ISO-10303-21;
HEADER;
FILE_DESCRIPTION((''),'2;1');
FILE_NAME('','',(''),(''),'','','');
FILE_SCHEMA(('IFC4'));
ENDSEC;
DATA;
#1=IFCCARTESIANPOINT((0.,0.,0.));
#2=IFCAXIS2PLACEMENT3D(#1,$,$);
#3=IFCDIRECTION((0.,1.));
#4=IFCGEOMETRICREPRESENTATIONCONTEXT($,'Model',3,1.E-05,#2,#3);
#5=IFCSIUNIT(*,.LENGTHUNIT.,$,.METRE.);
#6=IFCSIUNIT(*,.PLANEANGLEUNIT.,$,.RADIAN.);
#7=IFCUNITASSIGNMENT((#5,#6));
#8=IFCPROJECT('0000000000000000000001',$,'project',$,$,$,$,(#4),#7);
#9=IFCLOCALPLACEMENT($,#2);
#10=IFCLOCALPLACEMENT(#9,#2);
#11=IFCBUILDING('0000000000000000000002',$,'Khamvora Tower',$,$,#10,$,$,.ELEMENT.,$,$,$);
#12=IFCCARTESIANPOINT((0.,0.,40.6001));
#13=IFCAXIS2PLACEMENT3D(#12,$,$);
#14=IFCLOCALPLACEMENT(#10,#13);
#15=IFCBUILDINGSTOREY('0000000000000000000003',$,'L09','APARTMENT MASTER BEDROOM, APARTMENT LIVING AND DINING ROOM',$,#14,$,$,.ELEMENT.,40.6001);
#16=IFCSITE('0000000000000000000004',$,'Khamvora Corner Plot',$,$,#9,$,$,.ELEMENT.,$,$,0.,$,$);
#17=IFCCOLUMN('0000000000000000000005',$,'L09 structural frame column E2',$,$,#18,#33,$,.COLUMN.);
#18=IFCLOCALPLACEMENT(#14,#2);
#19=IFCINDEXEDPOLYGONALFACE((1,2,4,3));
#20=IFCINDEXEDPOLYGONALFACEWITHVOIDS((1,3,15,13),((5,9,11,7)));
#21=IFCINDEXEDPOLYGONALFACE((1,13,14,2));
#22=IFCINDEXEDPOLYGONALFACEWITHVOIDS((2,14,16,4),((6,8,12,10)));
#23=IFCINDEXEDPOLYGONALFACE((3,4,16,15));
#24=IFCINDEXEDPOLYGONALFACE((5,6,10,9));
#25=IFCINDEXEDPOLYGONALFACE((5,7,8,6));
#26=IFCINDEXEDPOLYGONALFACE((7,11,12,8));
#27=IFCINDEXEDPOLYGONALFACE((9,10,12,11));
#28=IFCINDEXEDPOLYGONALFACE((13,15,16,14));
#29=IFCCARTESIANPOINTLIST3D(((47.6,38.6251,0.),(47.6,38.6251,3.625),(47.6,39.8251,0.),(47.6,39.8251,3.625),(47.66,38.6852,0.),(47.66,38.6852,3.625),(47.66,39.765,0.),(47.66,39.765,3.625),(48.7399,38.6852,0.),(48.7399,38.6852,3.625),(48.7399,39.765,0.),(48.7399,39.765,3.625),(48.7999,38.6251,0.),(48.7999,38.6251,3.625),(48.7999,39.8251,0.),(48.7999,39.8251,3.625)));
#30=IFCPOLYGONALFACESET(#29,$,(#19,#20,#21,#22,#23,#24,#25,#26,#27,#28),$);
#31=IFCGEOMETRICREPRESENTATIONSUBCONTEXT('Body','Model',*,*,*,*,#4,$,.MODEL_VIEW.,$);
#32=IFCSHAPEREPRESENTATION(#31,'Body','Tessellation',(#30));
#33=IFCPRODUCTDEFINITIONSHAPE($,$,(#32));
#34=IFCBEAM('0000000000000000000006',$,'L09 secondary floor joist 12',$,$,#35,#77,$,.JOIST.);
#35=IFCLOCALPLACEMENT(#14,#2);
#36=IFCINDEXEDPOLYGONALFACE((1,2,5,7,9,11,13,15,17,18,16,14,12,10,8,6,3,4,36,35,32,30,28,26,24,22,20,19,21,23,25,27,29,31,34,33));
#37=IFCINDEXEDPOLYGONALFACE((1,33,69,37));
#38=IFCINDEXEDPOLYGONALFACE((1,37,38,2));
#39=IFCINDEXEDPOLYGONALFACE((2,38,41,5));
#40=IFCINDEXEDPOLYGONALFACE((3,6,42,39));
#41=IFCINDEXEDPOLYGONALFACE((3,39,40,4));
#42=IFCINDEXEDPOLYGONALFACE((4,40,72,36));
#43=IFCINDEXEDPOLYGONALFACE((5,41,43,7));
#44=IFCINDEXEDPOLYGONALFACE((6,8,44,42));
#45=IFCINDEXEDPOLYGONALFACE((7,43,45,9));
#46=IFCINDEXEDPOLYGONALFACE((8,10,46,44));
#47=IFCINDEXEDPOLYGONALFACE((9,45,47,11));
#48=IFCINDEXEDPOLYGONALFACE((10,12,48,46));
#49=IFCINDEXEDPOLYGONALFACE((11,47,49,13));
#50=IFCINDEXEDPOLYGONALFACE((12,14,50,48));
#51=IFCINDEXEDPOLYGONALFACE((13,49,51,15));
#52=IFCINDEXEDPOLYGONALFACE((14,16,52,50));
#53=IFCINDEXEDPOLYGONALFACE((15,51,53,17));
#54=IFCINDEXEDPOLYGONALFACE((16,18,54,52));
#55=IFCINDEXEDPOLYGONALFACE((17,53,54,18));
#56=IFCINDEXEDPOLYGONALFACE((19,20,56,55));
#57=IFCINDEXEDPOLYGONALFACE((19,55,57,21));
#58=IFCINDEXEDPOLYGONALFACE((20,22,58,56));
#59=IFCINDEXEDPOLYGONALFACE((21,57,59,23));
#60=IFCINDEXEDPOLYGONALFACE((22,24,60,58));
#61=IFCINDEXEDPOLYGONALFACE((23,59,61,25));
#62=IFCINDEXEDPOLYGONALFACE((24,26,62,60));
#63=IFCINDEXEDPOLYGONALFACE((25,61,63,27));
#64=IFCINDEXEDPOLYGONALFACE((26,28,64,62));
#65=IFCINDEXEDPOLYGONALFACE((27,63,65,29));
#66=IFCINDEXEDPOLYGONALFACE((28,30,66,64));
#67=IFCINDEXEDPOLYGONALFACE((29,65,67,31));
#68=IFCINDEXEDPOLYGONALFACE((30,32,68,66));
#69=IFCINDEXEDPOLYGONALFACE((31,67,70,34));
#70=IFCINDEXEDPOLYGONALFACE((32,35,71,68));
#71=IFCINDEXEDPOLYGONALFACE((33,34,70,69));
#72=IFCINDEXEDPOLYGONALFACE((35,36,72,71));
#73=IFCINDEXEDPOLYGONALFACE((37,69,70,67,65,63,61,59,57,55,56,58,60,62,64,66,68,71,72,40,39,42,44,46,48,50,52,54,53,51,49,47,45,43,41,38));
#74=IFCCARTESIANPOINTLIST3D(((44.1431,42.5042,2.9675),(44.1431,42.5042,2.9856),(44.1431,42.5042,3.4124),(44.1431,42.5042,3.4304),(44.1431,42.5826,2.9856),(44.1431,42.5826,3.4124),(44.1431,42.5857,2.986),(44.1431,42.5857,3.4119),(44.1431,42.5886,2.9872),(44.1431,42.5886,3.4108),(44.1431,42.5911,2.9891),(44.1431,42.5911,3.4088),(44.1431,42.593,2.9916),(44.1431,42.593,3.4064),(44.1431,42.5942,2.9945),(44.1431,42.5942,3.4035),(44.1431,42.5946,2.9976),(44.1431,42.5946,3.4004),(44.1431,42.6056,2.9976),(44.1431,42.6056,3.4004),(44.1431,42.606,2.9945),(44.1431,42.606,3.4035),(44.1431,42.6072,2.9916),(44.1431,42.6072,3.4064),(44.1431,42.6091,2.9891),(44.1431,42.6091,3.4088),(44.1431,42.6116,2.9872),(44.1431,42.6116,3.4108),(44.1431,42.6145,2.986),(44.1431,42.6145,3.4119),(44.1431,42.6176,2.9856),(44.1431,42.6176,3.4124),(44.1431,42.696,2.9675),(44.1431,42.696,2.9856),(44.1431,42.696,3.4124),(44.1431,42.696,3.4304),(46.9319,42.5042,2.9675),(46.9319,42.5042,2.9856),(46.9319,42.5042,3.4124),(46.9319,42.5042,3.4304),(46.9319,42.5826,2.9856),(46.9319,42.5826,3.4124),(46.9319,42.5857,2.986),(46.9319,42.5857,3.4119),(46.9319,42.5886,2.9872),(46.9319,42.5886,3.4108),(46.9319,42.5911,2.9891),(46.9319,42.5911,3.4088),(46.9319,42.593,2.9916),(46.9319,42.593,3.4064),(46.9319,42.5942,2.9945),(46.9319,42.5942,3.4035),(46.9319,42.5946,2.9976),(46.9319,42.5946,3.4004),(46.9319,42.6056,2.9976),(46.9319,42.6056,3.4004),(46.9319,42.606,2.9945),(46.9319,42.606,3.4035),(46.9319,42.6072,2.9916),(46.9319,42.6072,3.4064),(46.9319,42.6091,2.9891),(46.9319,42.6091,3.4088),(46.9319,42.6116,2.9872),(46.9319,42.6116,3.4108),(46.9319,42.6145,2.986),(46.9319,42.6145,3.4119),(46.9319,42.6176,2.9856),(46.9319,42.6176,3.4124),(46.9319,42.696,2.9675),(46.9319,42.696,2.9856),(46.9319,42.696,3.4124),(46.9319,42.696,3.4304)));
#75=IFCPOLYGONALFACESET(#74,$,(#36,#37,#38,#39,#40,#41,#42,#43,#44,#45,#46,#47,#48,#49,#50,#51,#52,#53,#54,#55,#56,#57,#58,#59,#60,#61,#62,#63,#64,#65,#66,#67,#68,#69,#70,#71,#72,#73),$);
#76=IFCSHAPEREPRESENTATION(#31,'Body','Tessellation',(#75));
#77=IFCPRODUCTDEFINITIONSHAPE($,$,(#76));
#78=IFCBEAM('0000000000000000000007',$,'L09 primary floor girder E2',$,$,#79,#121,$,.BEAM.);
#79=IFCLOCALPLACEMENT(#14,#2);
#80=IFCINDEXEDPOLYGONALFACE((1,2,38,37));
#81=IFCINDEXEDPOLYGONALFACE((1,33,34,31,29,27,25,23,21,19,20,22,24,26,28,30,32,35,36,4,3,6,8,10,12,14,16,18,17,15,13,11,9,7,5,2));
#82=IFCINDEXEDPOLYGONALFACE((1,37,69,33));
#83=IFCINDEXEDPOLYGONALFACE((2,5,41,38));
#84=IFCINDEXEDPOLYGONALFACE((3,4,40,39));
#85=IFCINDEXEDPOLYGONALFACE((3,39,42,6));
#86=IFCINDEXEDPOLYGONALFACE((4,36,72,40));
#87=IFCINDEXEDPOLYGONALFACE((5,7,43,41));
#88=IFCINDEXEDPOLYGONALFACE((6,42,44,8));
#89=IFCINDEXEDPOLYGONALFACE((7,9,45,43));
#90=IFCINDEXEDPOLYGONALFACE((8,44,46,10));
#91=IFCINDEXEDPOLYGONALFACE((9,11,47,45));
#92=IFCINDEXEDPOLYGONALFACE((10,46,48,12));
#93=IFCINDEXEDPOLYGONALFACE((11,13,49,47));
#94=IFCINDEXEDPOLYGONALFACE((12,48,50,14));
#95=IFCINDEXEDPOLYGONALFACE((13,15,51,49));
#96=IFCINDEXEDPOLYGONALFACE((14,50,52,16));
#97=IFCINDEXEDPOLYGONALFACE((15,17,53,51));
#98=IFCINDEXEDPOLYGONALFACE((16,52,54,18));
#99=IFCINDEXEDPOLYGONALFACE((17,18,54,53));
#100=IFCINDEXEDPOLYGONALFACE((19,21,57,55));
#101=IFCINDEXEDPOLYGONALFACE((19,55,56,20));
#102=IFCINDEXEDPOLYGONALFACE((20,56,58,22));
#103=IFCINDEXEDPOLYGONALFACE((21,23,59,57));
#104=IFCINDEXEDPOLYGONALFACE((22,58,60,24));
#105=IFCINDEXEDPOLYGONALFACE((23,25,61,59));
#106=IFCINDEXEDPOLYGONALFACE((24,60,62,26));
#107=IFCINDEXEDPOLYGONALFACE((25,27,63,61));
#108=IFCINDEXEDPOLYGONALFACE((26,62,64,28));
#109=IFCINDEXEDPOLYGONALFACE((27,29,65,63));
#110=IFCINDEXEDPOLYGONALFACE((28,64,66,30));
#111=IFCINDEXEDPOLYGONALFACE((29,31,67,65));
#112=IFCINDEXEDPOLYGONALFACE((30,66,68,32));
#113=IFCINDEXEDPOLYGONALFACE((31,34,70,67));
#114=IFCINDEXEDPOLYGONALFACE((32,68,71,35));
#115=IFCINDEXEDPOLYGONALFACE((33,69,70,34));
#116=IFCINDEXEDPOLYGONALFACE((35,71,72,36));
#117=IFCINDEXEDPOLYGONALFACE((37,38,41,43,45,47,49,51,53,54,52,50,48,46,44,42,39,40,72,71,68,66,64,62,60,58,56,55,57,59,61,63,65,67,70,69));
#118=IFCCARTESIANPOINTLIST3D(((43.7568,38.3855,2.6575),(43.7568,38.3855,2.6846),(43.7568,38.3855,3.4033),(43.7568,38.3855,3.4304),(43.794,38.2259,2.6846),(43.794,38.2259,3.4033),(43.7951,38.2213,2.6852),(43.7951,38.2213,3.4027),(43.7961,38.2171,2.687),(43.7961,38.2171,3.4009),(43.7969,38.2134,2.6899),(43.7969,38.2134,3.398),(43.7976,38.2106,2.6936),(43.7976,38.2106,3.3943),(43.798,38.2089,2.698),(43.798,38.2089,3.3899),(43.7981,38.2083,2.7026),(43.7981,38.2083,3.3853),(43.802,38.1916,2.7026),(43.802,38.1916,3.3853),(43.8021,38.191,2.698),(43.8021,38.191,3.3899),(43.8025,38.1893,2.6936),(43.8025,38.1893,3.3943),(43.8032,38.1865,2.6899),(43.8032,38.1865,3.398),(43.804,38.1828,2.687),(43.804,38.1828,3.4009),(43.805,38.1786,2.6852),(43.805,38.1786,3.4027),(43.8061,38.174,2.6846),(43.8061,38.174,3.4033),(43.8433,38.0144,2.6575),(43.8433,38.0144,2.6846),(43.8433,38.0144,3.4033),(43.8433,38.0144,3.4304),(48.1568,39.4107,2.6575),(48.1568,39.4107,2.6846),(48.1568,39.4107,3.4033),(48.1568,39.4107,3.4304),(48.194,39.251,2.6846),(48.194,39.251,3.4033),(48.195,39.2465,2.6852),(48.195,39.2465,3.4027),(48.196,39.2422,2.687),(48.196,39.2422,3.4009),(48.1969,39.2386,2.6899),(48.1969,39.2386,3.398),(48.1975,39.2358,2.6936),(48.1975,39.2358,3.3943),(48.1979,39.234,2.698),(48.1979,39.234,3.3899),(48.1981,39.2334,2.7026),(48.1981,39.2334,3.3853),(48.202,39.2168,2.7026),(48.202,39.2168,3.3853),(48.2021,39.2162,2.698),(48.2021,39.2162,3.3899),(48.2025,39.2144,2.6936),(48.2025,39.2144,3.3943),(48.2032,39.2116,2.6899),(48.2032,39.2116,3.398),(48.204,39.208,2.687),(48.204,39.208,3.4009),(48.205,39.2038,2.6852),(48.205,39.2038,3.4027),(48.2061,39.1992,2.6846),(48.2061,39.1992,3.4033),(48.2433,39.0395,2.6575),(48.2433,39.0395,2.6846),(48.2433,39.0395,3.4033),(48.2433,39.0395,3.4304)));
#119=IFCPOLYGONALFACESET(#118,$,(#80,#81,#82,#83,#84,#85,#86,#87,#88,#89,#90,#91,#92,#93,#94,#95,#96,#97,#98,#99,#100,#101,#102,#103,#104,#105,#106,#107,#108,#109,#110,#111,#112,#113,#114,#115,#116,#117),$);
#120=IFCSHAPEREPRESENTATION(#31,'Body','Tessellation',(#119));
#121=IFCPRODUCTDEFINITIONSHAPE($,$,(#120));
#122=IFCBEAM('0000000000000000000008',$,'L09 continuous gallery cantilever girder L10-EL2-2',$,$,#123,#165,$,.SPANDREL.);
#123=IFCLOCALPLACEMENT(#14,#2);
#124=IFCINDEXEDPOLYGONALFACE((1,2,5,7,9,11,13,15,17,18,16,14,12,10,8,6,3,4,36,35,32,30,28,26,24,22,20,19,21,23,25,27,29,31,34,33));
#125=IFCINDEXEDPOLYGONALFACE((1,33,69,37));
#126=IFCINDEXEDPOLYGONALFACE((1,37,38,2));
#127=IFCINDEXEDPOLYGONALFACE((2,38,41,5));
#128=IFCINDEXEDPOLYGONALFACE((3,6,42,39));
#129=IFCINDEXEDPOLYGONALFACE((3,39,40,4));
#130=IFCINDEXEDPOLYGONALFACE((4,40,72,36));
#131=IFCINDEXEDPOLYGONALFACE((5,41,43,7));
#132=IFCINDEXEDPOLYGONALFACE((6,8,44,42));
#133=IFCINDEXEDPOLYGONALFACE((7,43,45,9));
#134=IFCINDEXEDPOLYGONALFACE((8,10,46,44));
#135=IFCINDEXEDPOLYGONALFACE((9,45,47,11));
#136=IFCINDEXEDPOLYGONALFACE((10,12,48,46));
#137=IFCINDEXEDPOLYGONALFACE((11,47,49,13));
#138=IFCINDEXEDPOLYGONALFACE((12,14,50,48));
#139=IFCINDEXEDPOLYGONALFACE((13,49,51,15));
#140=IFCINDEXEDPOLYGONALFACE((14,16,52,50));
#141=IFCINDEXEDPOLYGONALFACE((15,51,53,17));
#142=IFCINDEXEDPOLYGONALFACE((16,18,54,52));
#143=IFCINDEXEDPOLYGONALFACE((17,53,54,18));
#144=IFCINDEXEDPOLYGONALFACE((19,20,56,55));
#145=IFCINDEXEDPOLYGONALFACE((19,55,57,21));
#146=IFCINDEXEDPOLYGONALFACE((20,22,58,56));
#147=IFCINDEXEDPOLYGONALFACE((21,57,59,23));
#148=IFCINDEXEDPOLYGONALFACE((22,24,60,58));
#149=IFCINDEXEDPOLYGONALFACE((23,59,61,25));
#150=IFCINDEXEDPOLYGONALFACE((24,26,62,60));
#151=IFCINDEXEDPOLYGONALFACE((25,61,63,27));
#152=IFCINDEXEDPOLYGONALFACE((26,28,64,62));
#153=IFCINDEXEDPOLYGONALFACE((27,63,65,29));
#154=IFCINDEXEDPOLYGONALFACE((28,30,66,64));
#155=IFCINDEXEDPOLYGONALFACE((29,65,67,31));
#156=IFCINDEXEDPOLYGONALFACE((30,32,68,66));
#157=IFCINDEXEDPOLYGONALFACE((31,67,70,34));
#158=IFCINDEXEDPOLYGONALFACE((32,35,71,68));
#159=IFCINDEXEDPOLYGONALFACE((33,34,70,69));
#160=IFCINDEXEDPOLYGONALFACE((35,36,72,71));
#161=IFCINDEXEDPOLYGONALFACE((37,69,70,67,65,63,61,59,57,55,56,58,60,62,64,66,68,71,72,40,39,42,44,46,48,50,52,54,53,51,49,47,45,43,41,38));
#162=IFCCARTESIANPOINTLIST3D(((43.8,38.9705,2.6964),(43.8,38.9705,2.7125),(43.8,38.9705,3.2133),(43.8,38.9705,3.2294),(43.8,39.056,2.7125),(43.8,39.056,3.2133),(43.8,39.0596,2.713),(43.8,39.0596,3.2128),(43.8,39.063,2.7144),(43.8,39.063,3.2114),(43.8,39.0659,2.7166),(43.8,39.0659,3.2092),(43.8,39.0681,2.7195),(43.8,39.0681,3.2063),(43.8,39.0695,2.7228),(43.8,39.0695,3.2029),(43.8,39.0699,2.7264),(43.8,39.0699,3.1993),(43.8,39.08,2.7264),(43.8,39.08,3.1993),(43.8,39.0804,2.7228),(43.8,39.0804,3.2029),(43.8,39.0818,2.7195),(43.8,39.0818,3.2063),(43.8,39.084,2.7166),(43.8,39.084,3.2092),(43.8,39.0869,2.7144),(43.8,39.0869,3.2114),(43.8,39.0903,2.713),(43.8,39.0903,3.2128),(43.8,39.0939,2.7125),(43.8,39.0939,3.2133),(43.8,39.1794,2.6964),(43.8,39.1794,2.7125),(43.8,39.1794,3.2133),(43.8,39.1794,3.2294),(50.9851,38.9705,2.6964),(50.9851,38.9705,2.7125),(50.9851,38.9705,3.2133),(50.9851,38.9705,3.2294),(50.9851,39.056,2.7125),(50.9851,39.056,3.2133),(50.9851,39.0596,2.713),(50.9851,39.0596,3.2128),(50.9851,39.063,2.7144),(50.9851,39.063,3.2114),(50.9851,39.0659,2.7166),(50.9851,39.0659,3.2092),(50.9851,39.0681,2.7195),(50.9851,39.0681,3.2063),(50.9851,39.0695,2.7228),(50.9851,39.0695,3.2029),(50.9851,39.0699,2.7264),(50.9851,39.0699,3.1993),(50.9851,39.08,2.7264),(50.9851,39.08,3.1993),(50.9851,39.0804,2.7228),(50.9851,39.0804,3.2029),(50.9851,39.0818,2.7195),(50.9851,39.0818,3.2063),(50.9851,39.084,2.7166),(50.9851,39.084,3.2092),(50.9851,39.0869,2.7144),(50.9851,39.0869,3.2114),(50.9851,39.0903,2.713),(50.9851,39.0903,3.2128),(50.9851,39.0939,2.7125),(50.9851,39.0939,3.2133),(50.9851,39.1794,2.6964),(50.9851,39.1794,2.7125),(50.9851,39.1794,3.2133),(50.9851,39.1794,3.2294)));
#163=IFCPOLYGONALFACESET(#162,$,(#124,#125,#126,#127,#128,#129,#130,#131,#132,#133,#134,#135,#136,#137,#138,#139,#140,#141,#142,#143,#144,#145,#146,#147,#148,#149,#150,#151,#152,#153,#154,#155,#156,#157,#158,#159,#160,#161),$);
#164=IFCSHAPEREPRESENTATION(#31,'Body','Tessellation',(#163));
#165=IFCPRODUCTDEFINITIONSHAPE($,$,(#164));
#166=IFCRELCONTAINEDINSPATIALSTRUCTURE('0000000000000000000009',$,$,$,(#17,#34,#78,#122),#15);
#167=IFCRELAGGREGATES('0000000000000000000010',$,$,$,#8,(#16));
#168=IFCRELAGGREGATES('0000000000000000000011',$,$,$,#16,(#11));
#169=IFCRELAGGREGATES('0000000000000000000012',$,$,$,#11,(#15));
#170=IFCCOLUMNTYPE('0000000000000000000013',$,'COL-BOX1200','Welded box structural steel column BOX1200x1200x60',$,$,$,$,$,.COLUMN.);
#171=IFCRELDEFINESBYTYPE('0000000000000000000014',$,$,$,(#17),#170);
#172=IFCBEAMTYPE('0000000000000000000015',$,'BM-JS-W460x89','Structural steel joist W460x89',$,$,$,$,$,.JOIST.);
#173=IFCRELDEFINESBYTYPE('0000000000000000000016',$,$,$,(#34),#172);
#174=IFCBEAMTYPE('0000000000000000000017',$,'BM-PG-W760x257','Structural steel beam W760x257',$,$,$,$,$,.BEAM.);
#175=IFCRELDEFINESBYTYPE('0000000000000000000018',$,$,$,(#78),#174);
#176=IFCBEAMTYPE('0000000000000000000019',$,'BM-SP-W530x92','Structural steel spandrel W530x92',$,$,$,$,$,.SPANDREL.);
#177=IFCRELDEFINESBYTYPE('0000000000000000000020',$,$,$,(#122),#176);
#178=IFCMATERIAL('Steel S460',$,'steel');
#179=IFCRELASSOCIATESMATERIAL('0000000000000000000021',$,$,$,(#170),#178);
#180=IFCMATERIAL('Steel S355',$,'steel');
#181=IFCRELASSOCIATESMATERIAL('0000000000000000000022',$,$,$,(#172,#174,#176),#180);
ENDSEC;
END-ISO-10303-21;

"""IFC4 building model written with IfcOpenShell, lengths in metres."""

from ifc_helpers import new_model, si_unit, direction, frame, origin, origin_2d, place, context, subcontext, project, spatial, hollow_rectangle, i_section, extrude, material, material_profile, profile_set, type_object, element, save


model = new_model("IFC4")

# Units and contexts
model_context = context("Model", 3, precision=1e-05, world=origin(), true_north=direction((0.0, 1.0)))
body_context = subcontext(model_context, "Body", "Model", "MODEL_VIEW")
ifc_project = project(units=[si_unit("LENGTHUNIT", "METRE"), si_unit("PLANEANGLEUNIT", "RADIAN")], contexts=[model_context])

# Site, building, storey
site_placement = place(None, origin())
site = spatial("IfcSite", under=ifc_project, at=site_placement, Name="Khamvora Corner Plot", CompositionType="ELEMENT", RefElevation=0.0)
building_placement = place(site_placement, origin())
building = spatial("IfcBuilding", under=site, at=building_placement, Name="Khamvora Tower", CompositionType="ELEMENT")
storey_placement = place(building_placement, frame((0.0, 0.0, 40.6001)))
storey = spatial("IfcBuildingStorey", under=building, at=storey_placement, Name="L09", Description="APARTMENT MASTER BEDROOM, APARTMENT LIVING AND DINING ROOM", CompositionType="ELEMENT", Elevation=40.6001)

# Column
ifc_material_1 = material(Name="Steel S460", Category="steel")
ifc_material_profile_1 = material_profile(ifc_material_1, hollow_rectangle(XDim=1.2, YDim=1.2, WallThickness=0.0601, at=origin_2d()), Name="BOX1200x1200x60")
ifc_profile_set_1 = profile_set([ifc_material_profile_1], Name="Steel S460")
column_type = type_object("IfcColumnType", Name="COL-BOX1200", Description="Welded box structural steel column BOX1200x1200x60", PredefinedType="COLUMN", material=ifc_profile_set_1)
column_placement = place(storey_placement, frame((48.2, 39.2251, 0.0), z_axis=(0.0, 0.0, 1.0), x_axis=(1.0, 0.0, 0.0)))
element("IfcColumn", 1, at=column_placement, inside=storey, type_object=column_type, Name="L09 structural frame column E2", PredefinedType="COLUMN", context=body_context, shape_type="SweptSolid", body=[
    extrude(hollow_rectangle(XDim=1.2, YDim=1.2, WallThickness=0.0601, at=origin_2d()), origin(), (0.0, 0.0, 1.0), 3.625),
])

# Beams
ifc_material_2 = material(Name="Steel S355", Category="steel")
ifc_material_profile_2 = material_profile(ifc_material_2, i_section(OverallWidth=0.1919, OverallDepth=0.4629, WebThickness=0.011, FlangeThickness=0.0181, FilletRadius=0.012, at=origin_2d()), Name="W460x89")
ifc_profile_set_2 = profile_set([ifc_material_profile_2], Name="Steel S355")
beam_type_1 = type_object("IfcBeamType", Name="BM-JS-W460x89", Description="Structural steel joist W460x89", PredefinedType="JOIST", material=ifc_profile_set_2)
beam_1_placement = place(storey_placement, frame((44.1431, 42.6001, 3.199), z_axis=(1.0, 0.0, 0.0), x_axis=(0.0, 1.0, 0.0)))
element("IfcBeam", 2, at=beam_1_placement, inside=storey, type_object=beam_type_1, Name="L09 secondary floor joist 12", PredefinedType="JOIST", context=body_context, shape_type="SweptSolid", body=[
    extrude(i_section(OverallWidth=0.1919, OverallDepth=0.4629, WebThickness=0.011, FlangeThickness=0.0181, FilletRadius=0.012, at=origin_2d()), origin(), (0.0, 0.0, 1.0), 2.7888),
])
ifc_material_profile_3 = material_profile(ifc_material_2, i_section(OverallWidth=0.3811, OverallDepth=0.7729, WebThickness=0.0171, FlangeThickness=0.0271, FilletRadius=0.0181, at=origin_2d()), Name="W760x257")
ifc_profile_set_3 = profile_set([ifc_material_profile_3], Name="Steel S355")
beam_type_2 = type_object("IfcBeamType", Name="BM-PG-W760x257", Description="Structural steel beam W760x257", PredefinedType="BEAM", material=ifc_profile_set_3)
beam_2_placement = place(storey_placement, frame((43.8, 38.2, 3.0439), z_axis=(0.973915, 0.226915, 0.0), x_axis=(-0.226915, 0.973915, 0.0)))
element("IfcBeam", 3, at=beam_2_placement, inside=storey, type_object=beam_type_2, Name="L09 primary floor girder E2", PredefinedType="BEAM", context=body_context, shape_type="SweptSolid", body=[
    extrude(i_section(OverallWidth=0.3811, OverallDepth=0.7729, WebThickness=0.0171, FlangeThickness=0.0271, FilletRadius=0.0181, at=origin_2d()), origin(), (0.0, 0.0, 1.0), 4.5178),
])
ifc_material_profile_4 = material_profile(ifc_material_2, i_section(OverallWidth=0.209, OverallDepth=0.533, WebThickness=0.01, FlangeThickness=0.0161, FilletRadius=0.0139, at=origin_2d()), Name="W530x92")
ifc_profile_set_4 = profile_set([ifc_material_profile_4], Name="Steel S355")
beam_type_3 = type_object("IfcBeamType", Name="BM-SP-W530x92", Description="Structural steel spandrel W530x92", PredefinedType="SPANDREL", material=ifc_profile_set_4)
beam_3_placement = place(storey_placement, frame((43.8, 39.075, 2.9629), z_axis=(1.0, 0.0, 0.0), x_axis=(0.0, 1.0, 0.0)))
element("IfcBeam", 4, at=beam_3_placement, inside=storey, type_object=beam_type_3, Name="L09 continuous gallery cantilever girder L10-EL2-2", PredefinedType="SPANDREL", context=body_context, shape_type="SweptSolid", body=[
    extrude(i_section(OverallWidth=0.209, OverallDepth=0.533, WebThickness=0.01, FlangeThickness=0.0161, FilletRadius=0.0139, at=origin_2d()), origin(), (0.0, 0.0, 1.0), 7.1851),
])

save(model, "model.ifc")
